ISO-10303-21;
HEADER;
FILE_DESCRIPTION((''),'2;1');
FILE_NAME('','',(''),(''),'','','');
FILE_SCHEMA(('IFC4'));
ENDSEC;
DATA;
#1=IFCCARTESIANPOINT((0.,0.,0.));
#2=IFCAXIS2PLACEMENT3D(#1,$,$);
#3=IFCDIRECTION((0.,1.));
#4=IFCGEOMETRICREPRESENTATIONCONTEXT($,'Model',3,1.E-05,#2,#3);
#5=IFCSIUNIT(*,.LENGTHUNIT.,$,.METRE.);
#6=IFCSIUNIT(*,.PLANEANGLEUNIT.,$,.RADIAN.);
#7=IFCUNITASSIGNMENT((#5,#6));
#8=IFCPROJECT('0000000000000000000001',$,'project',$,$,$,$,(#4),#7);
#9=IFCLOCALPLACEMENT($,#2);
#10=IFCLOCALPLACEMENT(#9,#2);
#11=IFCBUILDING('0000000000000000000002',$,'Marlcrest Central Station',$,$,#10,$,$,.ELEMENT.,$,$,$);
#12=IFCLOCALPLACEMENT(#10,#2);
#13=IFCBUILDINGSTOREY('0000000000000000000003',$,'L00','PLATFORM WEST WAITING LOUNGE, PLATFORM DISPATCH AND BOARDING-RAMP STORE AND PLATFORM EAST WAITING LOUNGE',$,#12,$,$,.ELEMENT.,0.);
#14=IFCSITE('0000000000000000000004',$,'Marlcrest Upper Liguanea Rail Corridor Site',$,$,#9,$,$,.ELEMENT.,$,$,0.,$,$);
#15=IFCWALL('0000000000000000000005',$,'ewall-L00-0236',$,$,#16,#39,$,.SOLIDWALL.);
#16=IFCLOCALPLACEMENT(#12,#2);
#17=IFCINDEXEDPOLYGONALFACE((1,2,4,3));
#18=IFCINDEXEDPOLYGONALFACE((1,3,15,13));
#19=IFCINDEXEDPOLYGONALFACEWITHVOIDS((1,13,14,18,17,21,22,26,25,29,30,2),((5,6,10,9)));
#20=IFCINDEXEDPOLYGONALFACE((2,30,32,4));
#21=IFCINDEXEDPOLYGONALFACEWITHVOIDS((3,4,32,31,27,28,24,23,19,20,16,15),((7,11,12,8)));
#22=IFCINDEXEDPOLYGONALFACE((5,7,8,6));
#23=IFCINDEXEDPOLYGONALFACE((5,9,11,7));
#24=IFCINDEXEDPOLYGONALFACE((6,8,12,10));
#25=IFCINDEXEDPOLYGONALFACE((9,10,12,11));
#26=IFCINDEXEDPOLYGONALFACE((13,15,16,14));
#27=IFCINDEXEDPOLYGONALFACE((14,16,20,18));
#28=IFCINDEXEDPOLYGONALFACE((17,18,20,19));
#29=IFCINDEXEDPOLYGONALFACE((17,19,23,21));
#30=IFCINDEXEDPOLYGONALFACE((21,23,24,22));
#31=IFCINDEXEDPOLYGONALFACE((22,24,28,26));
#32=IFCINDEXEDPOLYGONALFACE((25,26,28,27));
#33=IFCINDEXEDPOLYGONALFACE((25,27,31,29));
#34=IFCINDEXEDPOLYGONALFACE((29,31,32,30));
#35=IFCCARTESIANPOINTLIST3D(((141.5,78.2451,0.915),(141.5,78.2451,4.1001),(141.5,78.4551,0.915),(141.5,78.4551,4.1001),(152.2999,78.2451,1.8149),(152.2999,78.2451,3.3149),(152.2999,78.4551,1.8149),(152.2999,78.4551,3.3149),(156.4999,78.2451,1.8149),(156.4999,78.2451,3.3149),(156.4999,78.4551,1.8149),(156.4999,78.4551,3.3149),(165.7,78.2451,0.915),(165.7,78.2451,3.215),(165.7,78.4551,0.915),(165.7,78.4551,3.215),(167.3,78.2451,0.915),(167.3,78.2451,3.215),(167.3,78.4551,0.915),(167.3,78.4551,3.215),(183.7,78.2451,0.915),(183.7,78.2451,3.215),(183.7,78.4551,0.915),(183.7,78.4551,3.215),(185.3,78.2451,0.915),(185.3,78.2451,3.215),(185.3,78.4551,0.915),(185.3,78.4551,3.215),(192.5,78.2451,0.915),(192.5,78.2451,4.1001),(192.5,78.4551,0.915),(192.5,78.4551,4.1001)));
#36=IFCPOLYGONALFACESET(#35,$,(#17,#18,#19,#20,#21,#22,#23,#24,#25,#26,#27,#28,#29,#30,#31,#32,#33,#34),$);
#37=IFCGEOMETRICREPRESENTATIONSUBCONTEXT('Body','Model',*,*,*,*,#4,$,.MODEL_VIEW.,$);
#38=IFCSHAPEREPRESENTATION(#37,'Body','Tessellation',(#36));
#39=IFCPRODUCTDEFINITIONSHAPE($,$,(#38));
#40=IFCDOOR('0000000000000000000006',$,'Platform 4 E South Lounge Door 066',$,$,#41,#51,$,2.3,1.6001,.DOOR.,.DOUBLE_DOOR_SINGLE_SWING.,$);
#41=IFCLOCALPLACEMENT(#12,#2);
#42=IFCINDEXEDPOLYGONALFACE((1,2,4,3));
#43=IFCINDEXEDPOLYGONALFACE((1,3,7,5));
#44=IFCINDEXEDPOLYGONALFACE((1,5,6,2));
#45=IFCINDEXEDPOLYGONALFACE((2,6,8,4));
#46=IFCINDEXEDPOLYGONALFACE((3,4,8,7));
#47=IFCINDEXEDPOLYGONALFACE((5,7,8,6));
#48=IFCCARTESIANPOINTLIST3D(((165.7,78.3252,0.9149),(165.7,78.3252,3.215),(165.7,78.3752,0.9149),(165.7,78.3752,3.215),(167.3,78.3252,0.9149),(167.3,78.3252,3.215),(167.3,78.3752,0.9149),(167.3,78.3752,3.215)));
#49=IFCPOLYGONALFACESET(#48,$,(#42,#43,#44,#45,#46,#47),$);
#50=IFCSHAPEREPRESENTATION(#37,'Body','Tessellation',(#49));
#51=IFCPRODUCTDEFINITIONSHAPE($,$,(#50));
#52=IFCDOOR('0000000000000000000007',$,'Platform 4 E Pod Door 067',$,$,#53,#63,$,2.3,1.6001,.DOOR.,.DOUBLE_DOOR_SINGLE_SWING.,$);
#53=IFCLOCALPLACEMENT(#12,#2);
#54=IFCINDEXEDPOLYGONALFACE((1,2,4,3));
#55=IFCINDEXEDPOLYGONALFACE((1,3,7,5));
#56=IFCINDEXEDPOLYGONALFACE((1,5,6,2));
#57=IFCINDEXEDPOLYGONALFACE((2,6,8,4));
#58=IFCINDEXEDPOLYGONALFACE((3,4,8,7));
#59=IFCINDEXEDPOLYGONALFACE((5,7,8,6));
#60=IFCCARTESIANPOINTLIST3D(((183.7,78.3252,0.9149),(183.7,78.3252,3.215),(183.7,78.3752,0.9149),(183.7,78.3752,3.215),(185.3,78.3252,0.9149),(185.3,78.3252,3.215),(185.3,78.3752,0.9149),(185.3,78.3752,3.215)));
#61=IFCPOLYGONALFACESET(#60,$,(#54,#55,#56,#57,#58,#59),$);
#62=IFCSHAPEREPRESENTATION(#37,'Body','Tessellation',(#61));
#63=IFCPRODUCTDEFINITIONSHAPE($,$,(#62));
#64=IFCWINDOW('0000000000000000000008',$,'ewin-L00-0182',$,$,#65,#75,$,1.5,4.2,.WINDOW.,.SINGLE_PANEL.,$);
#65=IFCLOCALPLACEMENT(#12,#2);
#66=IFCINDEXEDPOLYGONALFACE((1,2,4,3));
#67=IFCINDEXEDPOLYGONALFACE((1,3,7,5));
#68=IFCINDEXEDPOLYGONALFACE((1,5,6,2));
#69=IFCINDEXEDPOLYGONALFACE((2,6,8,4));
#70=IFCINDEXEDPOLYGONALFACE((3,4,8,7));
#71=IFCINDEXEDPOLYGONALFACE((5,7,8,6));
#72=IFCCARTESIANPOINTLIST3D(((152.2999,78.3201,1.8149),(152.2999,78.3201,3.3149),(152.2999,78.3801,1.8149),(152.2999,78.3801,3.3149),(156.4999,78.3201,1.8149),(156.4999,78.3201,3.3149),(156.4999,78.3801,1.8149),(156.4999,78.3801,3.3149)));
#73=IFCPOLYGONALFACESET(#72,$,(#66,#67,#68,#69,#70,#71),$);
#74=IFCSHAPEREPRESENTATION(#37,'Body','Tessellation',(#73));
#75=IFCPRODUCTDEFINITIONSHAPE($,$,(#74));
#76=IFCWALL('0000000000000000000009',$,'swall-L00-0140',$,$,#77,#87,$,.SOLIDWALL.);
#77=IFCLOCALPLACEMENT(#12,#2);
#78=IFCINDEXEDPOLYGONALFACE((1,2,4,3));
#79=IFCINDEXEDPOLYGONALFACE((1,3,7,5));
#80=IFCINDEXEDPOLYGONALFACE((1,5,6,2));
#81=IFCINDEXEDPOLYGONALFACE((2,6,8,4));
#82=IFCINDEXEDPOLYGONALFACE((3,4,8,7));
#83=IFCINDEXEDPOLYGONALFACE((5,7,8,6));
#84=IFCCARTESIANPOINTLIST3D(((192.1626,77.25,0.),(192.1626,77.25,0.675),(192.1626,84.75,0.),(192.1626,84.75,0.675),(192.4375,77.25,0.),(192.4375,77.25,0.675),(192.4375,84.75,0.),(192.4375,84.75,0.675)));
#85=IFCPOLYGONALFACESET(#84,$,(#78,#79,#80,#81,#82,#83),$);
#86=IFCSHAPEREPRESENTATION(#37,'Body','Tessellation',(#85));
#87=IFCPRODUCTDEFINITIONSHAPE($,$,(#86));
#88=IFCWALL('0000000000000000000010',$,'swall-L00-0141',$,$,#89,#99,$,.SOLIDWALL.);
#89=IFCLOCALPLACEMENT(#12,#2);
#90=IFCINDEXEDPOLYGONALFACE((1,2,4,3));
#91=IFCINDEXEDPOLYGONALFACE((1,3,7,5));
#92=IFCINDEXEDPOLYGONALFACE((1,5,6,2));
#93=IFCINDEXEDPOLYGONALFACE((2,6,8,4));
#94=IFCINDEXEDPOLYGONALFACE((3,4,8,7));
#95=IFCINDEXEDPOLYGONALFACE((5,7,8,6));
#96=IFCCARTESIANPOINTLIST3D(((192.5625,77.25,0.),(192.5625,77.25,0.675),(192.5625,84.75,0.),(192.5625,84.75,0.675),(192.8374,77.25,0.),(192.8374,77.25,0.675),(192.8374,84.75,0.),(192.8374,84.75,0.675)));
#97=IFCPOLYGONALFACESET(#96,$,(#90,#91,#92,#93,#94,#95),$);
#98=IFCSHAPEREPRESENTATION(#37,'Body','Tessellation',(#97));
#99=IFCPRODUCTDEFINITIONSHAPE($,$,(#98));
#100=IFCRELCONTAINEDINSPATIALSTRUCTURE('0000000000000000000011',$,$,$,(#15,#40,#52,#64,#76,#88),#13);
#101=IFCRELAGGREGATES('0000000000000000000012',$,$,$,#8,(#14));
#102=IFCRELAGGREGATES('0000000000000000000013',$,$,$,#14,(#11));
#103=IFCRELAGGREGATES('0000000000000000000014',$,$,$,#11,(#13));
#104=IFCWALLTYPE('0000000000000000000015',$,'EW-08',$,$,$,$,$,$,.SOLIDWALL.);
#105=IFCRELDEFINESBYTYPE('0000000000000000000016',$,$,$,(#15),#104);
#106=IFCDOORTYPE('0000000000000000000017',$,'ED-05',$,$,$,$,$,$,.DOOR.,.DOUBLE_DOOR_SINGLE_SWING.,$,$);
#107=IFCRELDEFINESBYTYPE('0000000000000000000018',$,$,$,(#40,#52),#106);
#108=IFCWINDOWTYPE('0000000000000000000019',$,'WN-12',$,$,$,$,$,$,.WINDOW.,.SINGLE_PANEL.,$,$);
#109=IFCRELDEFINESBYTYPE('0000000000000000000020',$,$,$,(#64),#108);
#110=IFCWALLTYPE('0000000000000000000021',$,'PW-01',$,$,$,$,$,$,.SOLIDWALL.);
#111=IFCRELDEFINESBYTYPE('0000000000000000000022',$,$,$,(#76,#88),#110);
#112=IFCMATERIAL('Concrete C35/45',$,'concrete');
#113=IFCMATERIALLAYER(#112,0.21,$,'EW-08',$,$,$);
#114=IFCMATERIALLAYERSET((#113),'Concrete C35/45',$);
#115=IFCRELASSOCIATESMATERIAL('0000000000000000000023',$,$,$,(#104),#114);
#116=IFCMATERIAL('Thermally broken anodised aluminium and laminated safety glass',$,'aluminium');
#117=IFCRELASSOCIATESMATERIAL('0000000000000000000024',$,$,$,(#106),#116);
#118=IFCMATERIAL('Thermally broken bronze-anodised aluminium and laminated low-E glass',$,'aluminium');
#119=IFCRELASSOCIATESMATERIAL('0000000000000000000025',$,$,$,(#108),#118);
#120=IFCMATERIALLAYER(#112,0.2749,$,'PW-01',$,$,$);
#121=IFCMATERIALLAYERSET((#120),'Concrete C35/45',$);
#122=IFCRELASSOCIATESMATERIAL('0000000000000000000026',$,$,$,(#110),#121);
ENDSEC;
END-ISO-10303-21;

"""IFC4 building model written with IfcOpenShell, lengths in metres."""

from ifc_helpers import new_model, si_unit, direction, frame, frame_2d, origin, place, context, subcontext, project, spatial, rectangle, extrude, material, layer, layer_set, type_object, element, fill, save


model = new_model("IFC4")

# Units and contexts
model_context = context("Model", 3, precision=1e-05, world=origin(), true_north=direction((0.0, 1.0)))
body_context = subcontext(model_context, "Body", "Model", "MODEL_VIEW")
ifc_project = project(units=[si_unit("LENGTHUNIT", "METRE"), si_unit("PLANEANGLEUNIT", "RADIAN")], contexts=[model_context])

# Site, building, storey
site_placement = place(None, origin())
site = spatial("IfcSite", under=ifc_project, at=site_placement, Name="Marlcrest Upper Liguanea Rail Corridor Site", CompositionType="ELEMENT", RefElevation=0.0)
building_placement = place(site_placement, origin())
building = spatial("IfcBuilding", under=site, at=building_placement, Name="Marlcrest Central Station", CompositionType="ELEMENT")
storey_placement = place(building_placement, origin())
storey = spatial("IfcBuildingStorey", under=building, at=storey_placement, Name="L00", Description="PLATFORM WEST WAITING LOUNGE, PLATFORM DISPATCH AND BOARDING-RAMP STORE AND PLATFORM EAST WAITING LOUNGE", CompositionType="ELEMENT", Elevation=0.0)

# Shared definitions
ifc_material_1 = material(Name="Concrete C35/45", Category="concrete")

# Shared definitions
ifc_layer_1 = layer(ifc_material_1, 0.21, Name="EW-08")
ifc_layer_set_1 = layer_set([ifc_layer_1], Name="Concrete C35/45")
wall_type_1 = type_object("IfcWallType", Name="EW-08", PredefinedType="SOLIDWALL", material=ifc_layer_set_1)
ifc_material_2 = material(Name="Thermally broken anodised aluminium and laminated safety glass", Category="aluminium")
door_type = type_object("IfcDoorType", Name="ED-05", OperationType="DOUBLE_DOOR_SINGLE_SWING", PredefinedType="DOOR", material=ifc_material_2)
ifc_material_3 = material(Name="Thermally broken bronze-anodised aluminium and laminated low-E glass", Category="aluminium")
window_type = type_object("IfcWindowType", Name="WN-12", PartitioningType="SINGLE_PANEL", PredefinedType="WINDOW", material=ifc_material_3)

# Wall, openings, doors, window
wall_1_placement = place(storey_placement, frame((192.5, 78.3501, 0.915), z_axis=(0.0, 0.0, 1.0), x_axis=(-1.0, 0.0, 0.0)))
wall_1 = element("IfcWall", 1, at=wall_1_placement, inside=storey, type_object=wall_type_1, Name="ewall-L00-0236", PredefinedType="SOLIDWALL", context=body_context, shape_type="SweptSolid", body=[
    extrude(rectangle(XDim=51.0, YDim=0.21, at=frame_2d((25.5, 0.0))), origin(), (0.0, 0.0, 1.0), 3.1851),
])
opening_1_placement = place(wall_1_placement, frame((25.2, 0.0, 0.0)))
opening_1 = element("IfcOpeningElement", 2, at=opening_1_placement, cuts=wall_1, PredefinedType="OPENING", context=body_context, shape_type="SweptSolid", body=[
    extrude(rectangle(XDim=1.6001, YDim=2.3, at=frame_2d((0.8, 1.1499))), frame((0.0, 0.115, 0.0), z_axis=(0.0, -1.0, 0.0), x_axis=(1.0, 0.0, 0.0)), (0.0, 0.0, 1.0), 0.23),
])
opening_2_placement = place(wall_1_placement, frame((7.2, 0.0, 0.0)))
opening_2 = element("IfcOpeningElement", 3, at=opening_2_placement, cuts=wall_1, PredefinedType="OPENING", context=body_context, shape_type="SweptSolid", body=[
    extrude(rectangle(XDim=1.6001, YDim=2.3, at=frame_2d((0.8, 1.1499))), frame((0.0, 0.115, 0.0), z_axis=(0.0, -1.0, 0.0), x_axis=(1.0, 0.0, 0.0)), (0.0, 0.0, 1.0), 0.23),
])
opening_3_placement = place(wall_1_placement, frame((36.0, 0.0, 0.8999)))
opening_3 = element("IfcOpeningElement", 4, at=opening_3_placement, cuts=wall_1, PredefinedType="OPENING", context=body_context, shape_type="SweptSolid", body=[
    extrude(rectangle(XDim=4.2, YDim=1.5, at=frame_2d((2.1001, 0.75))), frame((0.0, 0.115, 0.0), z_axis=(0.0, -1.0, 0.0), x_axis=(1.0, 0.0, 0.0)), (0.0, 0.0, 1.0), 0.23),
])
door_1_placement = place(opening_1_placement, origin())
door_1 = element("IfcDoor", 5, at=door_1_placement, inside=storey, type_object=door_type, Name="Platform 4 E South Lounge Door 066", OperationType="DOUBLE_DOOR_SINGLE_SWING", OverallHeight=2.3, OverallWidth=1.6001, PredefinedType="DOOR", context=body_context, shape_type="SweptSolid", body=[
    extrude(rectangle(XDim=1.6001, YDim=2.3, at=frame_2d((0.8, 1.1499))), frame((0.0, 0.0249, 0.0), z_axis=(0.0, -1.0, 0.0), x_axis=(1.0, 0.0, 0.0)), (0.0, 0.0, 1.0), 0.05),
])
fill(opening_1, door_1)
door_2_placement = place(opening_2_placement, origin())
door_2 = element("IfcDoor", 6, at=door_2_placement, inside=storey, type_object=door_type, Name="Platform 4 E Pod Door 067", OperationType="DOUBLE_DOOR_SINGLE_SWING", OverallHeight=2.3, OverallWidth=1.6001, PredefinedType="DOOR", context=body_context, shape_type="SweptSolid", body=[
    extrude(rectangle(XDim=1.6001, YDim=2.3, at=frame_2d((0.8, 1.1499))), frame((0.0, 0.0249, 0.0), z_axis=(0.0, -1.0, 0.0), x_axis=(1.0, 0.0, 0.0)), (0.0, 0.0, 1.0), 0.05),
])
fill(opening_2, door_2)
window_1_placement = place(opening_3_placement, origin())
window_1 = element("IfcWindow", 7, at=window_1_placement, inside=storey, type_object=window_type, Name="ewin-L00-0182", OverallHeight=1.5, OverallWidth=4.2, PartitioningType="SINGLE_PANEL", PredefinedType="WINDOW", context=body_context, shape_type="SweptSolid", body=[
    extrude(rectangle(XDim=4.2, YDim=1.5, at=frame_2d((2.1001, 0.75))), frame((0.0, 0.03, 0.0), z_axis=(0.0, -1.0, 0.0), x_axis=(1.0, 0.0, 0.0)), (0.0, 0.0, 1.0), 0.0601),
])
fill(opening_3, window_1)

# Walls
ifc_layer_2 = layer(ifc_material_1, 0.2749, Name="PW-01")
ifc_layer_set_2 = layer_set([ifc_layer_2], Name="Concrete C35/45")
wall_type_2 = type_object("IfcWallType", Name="PW-01", PredefinedType="SOLIDWALL", material=ifc_layer_set_2)
for number, where, z_axis, x_axis, name in (
    (8, (192.3, 77.25, 0.0), (0.0, 0.0, 1.0), (0.0, 1.0, 0.0), "swall-L00-0140"),
    (9, (192.7, 77.25, 0.0), (0.0, 0.0, 1.0), (0.0, 1.0, 0.0), "swall-L00-0141"),
):
    element("IfcWall", number, at=place(storey_placement, frame(where, z_axis=z_axis, x_axis=x_axis)), inside=storey, type_object=wall_type_2, Name=name, PredefinedType="SOLIDWALL", context=body_context, shape_type="SweptSolid", body=[
        extrude(rectangle(XDim=7.5, YDim=0.2749, at=frame_2d((3.75, 0.0))), origin(), (0.0, 0.0, 1.0), 0.675),
    ])

save(model, "model.ifc")
